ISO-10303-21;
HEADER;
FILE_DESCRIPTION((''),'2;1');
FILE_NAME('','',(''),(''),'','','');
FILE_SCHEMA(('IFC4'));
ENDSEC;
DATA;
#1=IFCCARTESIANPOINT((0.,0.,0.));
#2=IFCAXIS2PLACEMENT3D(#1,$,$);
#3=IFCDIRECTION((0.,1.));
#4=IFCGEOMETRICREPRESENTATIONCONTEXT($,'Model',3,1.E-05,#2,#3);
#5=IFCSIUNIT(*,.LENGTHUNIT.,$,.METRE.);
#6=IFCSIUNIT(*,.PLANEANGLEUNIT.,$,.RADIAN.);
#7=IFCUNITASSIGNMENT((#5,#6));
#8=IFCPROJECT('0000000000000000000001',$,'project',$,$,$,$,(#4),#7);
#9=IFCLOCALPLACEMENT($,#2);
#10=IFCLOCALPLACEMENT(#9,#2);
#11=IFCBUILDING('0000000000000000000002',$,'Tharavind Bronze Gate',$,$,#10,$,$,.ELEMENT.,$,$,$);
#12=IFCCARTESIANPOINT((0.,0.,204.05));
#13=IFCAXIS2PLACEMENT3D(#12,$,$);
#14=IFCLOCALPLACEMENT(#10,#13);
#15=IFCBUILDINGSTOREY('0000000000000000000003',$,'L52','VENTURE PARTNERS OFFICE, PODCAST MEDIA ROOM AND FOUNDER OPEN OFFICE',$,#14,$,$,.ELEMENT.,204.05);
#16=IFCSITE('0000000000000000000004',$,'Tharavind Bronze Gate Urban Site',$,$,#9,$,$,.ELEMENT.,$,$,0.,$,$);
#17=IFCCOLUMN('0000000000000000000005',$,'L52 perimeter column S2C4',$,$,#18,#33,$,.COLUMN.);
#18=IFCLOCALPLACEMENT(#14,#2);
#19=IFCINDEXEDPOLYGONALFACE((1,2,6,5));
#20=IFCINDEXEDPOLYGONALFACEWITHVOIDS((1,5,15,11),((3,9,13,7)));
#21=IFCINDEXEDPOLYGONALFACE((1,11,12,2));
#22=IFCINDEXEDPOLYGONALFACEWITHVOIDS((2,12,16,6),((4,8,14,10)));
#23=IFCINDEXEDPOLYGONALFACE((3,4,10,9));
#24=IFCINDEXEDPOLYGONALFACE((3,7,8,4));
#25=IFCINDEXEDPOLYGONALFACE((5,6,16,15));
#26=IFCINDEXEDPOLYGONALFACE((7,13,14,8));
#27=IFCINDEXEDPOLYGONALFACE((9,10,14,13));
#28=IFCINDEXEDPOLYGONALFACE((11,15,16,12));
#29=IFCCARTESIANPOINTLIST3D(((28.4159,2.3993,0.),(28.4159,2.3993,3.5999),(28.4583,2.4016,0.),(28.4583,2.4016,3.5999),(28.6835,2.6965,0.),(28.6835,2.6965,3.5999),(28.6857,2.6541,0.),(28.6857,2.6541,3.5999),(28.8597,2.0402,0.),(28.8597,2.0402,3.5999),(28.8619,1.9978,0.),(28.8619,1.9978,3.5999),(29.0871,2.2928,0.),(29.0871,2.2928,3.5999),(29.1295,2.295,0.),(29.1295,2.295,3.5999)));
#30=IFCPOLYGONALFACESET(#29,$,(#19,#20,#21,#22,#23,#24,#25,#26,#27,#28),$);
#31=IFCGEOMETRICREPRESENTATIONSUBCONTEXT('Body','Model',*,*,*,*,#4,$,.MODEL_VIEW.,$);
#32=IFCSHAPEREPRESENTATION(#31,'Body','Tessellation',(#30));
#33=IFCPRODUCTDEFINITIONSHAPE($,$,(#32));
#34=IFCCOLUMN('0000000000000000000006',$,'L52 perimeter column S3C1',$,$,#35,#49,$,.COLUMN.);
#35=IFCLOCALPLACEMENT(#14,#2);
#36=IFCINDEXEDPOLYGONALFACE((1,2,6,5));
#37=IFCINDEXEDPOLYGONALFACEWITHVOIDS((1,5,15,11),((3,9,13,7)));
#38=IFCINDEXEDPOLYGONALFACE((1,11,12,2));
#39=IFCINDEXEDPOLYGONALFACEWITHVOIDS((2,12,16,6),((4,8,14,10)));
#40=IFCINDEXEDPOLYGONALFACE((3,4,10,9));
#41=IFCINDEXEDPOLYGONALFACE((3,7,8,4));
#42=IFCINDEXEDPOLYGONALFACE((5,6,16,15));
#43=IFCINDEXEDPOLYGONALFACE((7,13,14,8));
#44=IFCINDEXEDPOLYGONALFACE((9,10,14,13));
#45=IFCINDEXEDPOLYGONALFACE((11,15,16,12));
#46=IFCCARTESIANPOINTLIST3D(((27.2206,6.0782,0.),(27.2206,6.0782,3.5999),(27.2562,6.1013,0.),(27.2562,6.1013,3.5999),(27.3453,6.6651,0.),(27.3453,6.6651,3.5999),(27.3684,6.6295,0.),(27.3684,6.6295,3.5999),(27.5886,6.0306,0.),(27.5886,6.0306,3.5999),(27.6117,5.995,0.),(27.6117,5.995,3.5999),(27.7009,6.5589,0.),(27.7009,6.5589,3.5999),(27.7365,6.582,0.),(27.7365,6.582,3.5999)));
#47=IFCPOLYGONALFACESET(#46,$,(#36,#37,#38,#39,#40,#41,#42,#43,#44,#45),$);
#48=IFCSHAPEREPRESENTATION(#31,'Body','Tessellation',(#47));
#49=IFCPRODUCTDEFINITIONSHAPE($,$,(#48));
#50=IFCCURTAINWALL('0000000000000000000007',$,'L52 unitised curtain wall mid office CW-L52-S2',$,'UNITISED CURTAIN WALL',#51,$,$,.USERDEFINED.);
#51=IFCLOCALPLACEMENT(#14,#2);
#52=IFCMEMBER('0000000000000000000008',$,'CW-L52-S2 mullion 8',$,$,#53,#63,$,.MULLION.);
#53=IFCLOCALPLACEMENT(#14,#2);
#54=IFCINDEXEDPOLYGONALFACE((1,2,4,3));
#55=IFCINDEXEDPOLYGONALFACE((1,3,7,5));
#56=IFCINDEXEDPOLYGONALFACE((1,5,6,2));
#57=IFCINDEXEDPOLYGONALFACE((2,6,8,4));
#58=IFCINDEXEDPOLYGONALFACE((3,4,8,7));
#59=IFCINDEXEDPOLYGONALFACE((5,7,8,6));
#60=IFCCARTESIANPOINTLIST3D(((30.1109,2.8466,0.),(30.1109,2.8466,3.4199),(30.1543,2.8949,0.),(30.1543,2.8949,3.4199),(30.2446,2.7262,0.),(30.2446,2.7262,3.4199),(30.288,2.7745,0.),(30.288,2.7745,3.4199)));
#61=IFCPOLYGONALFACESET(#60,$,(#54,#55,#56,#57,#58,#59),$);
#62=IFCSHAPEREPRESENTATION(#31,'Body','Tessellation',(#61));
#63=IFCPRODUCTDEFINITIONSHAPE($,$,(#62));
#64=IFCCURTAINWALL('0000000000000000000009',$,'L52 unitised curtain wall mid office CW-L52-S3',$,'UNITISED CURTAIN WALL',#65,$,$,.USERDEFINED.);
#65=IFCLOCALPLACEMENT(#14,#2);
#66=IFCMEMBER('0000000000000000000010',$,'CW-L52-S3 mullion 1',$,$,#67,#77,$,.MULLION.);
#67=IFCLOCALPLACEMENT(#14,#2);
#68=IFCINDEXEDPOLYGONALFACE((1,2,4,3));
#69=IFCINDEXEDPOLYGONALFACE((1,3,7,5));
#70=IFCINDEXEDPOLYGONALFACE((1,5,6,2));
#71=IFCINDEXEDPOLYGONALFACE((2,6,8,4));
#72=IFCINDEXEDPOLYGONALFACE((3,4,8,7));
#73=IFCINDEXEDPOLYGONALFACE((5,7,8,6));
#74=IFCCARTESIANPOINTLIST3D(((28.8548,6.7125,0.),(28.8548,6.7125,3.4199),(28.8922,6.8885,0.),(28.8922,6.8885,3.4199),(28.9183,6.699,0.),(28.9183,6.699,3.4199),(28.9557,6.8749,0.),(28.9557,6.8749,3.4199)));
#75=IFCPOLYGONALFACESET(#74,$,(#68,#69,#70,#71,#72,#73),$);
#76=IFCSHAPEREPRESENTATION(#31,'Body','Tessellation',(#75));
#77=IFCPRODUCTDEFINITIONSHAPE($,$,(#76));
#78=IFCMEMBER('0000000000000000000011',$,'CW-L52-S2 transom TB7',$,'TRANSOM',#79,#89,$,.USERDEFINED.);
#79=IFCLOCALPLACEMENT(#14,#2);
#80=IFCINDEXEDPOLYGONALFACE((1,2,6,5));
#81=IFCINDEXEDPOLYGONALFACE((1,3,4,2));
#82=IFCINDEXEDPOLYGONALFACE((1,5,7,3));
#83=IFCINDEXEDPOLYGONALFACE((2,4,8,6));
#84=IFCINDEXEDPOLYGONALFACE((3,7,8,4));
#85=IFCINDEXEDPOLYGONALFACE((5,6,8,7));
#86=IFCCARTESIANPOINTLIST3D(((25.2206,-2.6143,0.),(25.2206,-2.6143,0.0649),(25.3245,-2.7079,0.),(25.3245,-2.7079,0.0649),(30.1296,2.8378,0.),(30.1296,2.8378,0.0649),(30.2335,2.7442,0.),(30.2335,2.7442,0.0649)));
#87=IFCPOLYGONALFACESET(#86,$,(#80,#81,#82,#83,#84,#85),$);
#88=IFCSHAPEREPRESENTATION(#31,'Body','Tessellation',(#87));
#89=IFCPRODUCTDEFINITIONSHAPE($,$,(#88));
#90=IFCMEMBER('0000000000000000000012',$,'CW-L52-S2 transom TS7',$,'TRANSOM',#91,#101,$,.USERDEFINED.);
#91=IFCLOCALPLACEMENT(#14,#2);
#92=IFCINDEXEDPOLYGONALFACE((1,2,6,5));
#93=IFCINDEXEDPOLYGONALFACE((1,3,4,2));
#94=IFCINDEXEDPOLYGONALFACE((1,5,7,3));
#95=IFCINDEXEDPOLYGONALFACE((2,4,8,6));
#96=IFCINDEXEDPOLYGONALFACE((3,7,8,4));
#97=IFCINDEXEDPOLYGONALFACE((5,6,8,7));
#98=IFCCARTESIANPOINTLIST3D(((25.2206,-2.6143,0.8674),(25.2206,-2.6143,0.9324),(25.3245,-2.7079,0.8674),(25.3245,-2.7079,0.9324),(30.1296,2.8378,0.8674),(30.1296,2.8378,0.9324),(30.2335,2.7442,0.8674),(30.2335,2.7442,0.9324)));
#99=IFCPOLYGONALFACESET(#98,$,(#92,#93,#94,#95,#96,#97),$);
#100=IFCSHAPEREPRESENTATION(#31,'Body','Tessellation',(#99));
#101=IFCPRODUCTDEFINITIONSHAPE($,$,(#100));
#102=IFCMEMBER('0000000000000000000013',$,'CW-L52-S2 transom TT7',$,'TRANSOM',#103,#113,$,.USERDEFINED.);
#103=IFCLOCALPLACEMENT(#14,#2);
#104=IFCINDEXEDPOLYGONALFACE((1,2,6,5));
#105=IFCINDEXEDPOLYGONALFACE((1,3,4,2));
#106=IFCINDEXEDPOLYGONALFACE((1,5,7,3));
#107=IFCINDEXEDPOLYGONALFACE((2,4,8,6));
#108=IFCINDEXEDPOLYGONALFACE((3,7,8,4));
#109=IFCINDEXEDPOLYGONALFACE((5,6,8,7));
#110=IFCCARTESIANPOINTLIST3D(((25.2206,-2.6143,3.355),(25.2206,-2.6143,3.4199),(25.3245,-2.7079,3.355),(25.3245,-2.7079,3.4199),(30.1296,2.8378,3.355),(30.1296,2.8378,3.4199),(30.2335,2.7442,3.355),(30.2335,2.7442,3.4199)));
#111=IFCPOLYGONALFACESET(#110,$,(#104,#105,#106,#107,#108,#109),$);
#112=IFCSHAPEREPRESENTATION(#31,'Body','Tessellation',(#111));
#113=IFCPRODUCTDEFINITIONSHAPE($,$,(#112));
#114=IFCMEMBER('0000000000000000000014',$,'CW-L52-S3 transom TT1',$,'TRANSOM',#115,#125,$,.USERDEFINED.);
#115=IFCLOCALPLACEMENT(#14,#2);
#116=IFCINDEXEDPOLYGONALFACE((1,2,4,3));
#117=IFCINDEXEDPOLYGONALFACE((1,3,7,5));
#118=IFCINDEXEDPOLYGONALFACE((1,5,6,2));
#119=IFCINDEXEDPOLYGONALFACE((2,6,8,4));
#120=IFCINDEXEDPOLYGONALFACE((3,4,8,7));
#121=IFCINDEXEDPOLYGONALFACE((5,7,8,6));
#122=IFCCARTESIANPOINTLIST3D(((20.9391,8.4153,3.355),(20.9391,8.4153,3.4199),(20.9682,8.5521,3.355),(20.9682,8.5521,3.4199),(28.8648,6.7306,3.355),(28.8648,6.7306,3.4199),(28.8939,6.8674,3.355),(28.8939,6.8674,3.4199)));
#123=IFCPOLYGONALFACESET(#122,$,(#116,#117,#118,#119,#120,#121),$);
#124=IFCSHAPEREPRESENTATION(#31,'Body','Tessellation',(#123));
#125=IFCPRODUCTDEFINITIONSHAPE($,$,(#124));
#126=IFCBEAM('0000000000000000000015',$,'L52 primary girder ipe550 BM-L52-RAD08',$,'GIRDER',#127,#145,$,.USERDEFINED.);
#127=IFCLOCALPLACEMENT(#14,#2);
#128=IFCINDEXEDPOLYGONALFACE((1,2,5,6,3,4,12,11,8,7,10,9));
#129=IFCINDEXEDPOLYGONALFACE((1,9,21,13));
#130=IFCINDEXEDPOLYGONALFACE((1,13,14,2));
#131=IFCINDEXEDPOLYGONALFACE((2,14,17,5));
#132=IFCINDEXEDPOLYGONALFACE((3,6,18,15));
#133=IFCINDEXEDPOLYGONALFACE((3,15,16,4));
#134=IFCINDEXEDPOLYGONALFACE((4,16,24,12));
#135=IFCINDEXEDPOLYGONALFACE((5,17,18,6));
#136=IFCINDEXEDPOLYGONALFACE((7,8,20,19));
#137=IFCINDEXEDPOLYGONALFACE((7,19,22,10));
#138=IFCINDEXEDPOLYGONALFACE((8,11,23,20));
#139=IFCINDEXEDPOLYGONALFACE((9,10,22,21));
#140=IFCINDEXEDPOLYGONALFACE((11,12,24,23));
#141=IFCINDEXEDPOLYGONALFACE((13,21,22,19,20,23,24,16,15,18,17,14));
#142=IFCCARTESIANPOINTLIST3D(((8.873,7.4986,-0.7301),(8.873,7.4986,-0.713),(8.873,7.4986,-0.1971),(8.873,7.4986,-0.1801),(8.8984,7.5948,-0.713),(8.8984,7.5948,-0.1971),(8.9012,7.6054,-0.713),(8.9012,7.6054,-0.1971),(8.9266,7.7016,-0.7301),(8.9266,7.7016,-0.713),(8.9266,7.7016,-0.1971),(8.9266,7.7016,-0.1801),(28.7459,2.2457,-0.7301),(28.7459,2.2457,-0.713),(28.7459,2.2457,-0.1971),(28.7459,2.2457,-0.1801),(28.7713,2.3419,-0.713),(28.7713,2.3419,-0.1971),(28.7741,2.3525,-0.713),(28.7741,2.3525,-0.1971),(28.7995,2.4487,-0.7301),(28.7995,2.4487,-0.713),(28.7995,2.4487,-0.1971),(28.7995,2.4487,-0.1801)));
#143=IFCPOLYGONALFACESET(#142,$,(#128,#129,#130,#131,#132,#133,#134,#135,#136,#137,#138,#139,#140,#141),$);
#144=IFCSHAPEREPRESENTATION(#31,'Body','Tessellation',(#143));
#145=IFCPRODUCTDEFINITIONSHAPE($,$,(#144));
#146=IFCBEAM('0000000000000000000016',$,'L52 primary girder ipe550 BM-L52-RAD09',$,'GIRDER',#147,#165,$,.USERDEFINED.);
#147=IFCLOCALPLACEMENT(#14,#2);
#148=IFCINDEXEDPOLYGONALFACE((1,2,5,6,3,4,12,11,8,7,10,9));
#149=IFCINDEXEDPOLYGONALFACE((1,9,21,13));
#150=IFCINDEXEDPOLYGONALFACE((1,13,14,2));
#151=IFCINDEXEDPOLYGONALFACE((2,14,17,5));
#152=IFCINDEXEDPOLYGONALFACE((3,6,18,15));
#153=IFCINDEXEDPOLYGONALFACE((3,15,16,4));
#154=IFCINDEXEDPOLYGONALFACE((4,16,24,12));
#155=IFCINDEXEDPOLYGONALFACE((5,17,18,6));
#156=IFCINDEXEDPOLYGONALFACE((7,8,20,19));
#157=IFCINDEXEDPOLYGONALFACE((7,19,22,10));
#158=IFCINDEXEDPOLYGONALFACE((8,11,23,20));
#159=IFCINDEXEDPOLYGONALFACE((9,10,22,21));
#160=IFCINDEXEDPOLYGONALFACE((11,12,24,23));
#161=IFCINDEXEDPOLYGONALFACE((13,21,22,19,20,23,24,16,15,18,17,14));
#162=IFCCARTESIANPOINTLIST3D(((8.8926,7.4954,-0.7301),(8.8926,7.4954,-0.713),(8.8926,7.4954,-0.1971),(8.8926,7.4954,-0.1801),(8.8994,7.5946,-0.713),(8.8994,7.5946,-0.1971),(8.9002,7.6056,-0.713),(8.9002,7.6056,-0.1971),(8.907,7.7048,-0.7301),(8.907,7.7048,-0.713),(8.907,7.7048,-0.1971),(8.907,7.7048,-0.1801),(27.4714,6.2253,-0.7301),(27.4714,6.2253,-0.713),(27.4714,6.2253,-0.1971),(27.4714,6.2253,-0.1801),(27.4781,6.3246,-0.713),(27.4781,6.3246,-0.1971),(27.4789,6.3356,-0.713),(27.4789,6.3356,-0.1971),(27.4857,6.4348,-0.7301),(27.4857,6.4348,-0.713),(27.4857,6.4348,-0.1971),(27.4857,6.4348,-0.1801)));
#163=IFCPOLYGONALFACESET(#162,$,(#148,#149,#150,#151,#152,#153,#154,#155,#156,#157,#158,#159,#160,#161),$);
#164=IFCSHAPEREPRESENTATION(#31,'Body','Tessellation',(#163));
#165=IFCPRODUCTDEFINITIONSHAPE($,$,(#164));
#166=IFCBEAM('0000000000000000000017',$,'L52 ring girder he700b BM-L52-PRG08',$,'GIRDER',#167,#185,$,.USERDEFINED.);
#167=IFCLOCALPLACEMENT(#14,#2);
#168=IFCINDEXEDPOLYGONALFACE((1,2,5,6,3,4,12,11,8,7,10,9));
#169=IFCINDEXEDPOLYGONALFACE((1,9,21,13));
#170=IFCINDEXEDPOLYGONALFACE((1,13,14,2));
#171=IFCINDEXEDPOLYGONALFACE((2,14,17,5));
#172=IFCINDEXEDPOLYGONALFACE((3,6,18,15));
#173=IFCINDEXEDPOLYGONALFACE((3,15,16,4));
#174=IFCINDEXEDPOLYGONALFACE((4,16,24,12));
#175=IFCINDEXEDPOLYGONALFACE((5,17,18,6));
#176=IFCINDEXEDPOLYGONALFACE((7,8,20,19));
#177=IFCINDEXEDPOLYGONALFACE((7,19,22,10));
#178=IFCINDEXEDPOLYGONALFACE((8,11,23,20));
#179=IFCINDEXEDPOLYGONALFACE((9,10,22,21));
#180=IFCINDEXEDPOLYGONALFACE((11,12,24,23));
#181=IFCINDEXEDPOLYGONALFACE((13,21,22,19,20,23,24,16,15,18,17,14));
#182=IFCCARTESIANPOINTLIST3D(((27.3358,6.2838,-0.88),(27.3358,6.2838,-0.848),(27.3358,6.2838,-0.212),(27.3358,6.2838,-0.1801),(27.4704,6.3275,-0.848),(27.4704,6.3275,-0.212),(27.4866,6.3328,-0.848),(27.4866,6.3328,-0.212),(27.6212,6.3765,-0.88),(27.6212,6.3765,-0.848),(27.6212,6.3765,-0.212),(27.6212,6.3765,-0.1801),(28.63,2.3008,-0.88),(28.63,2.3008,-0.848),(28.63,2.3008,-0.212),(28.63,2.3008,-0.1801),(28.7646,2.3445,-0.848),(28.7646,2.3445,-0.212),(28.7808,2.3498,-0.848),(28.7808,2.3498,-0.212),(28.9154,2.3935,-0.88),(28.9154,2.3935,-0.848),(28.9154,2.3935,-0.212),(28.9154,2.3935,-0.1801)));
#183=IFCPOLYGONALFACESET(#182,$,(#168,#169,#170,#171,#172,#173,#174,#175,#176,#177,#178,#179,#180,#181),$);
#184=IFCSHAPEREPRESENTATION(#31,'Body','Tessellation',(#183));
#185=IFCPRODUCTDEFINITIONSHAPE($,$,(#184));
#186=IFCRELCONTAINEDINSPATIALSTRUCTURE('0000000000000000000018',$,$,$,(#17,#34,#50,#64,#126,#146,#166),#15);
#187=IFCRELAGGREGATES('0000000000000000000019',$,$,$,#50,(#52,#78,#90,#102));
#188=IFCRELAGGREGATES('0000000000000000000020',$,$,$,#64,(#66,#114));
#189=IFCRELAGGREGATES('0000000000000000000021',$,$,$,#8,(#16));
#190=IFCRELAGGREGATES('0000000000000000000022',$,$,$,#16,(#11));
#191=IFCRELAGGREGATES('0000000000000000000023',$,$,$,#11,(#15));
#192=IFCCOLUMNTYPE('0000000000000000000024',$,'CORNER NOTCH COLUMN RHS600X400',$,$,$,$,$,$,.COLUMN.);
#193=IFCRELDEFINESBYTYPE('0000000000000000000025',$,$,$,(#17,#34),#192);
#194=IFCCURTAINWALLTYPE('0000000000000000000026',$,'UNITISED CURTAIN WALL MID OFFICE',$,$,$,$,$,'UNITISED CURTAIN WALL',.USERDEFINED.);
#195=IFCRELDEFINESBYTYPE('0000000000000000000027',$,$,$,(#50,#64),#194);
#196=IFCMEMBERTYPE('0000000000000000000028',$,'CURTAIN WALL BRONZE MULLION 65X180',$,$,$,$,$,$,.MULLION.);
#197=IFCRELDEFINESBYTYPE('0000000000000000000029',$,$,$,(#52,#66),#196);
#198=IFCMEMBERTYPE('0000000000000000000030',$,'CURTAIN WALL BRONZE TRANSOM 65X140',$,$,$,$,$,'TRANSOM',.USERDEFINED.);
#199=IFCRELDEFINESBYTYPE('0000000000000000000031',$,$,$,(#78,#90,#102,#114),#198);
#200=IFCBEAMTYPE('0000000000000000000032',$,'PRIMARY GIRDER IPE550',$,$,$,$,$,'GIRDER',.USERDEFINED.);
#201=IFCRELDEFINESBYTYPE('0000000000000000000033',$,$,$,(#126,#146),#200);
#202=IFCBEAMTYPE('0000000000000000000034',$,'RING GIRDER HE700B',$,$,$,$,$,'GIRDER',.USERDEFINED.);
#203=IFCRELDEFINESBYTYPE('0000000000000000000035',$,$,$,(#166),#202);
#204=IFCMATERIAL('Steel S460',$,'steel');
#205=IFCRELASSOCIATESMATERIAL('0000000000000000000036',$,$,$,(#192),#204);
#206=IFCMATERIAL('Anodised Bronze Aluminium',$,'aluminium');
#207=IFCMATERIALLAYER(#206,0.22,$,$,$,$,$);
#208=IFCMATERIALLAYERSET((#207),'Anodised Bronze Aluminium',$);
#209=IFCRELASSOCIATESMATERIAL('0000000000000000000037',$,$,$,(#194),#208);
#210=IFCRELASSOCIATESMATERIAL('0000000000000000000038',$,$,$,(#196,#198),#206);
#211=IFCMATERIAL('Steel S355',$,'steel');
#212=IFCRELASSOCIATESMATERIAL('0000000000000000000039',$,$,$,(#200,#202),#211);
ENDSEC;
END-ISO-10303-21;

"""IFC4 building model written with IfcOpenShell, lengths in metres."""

from ifc_helpers import new_model, si_unit, direction, frame, origin, origin_2d, place, context, subcontext, project, spatial, rectangle, hollow_rectangle, i_section, extrude, material, layer, layer_set, material_profile, profile_set, type_object, element, aggregate, save


model = new_model("IFC4")

# Units and contexts
model_context = context("Model", 3, precision=1e-05, world=origin(), true_north=direction((0.0, 1.0)))
body_context = subcontext(model_context, "Body", "Model", "MODEL_VIEW")
ifc_project = project(units=[si_unit("LENGTHUNIT", "METRE"), si_unit("PLANEANGLEUNIT", "RADIAN")], contexts=[model_context])

# Site, building, storey
site_placement = place(None, origin())
site = spatial("IfcSite", under=ifc_project, at=site_placement, Name="Tharavind Bronze Gate Urban Site", CompositionType="ELEMENT", RefElevation=0.0)
building_placement = place(site_placement, origin())
building = spatial("IfcBuilding", under=site, at=building_placement, Name="Tharavind Bronze Gate", CompositionType="ELEMENT")
storey_placement = place(building_placement, frame((0.0, 0.0, 204.05)))
storey = spatial("IfcBuildingStorey", under=building, at=storey_placement, Name="L52", Description="VENTURE PARTNERS OFFICE, PODCAST MEDIA ROOM AND FOUNDER OPEN OFFICE", CompositionType="ELEMENT", Elevation=204.05)

# Columns
ifc_material_1 = material(Name="Steel S460", Category="steel")
ifc_material_profile_1 = material_profile(ifc_material_1, hollow_rectangle(XDim=0.3999, YDim=0.6001, WallThickness=0.03, at=origin_2d()), Name="RHS600X400X30")
ifc_profile_set_1 = profile_set([ifc_material_profile_1], Name="Steel S460")
column_type = type_object("IfcColumnType", Name="CORNER NOTCH COLUMN RHS600X400", PredefinedType="COLUMN", material=ifc_profile_set_1)
for number, where, z_axis, x_axis, name in (
    (1, (28.7727, 2.3472, 0.0), (0.0, 0.0, 1.0), (0.669131, 0.743145, 0.0), "L52 perimeter column S2C4"),
    (2, (27.4785, 6.3301, 0.0), (0.0, 0.0, 1.0), (-0.978148, 0.207912, 0.0), "L52 perimeter column S3C1"),
):
    element("IfcColumn", number, at=place(storey_placement, frame(where, z_axis=z_axis, x_axis=x_axis)), inside=storey, type_object=column_type, Name=name, PredefinedType="COLUMN", context=body_context, shape_type="SweptSolid", body=[
        extrude(hollow_rectangle(XDim=0.3999, YDim=0.6001, WallThickness=0.03, at=origin_2d()), origin(), (0.0, 0.0, 1.0), 3.5999),
    ])

# Curtain walls, members
ifc_material_2 = material(Name="Anodised Bronze Aluminium", Category="aluminium")
ifc_layer_1 = layer(ifc_material_2, 0.22)
ifc_layer_set_1 = layer_set([ifc_layer_1], Name="Anodised Bronze Aluminium")
curtain_wall_type = type_object("IfcCurtainWallType", Name="UNITISED CURTAIN WALL MID OFFICE", ElementType="UNITISED CURTAIN WALL", PredefinedType="USERDEFINED", material=ifc_layer_set_1)
curtain_wall_1_placement = place(storey_placement, origin())
curtain_wall_1 = element("IfcCurtainWall", 3, at=curtain_wall_1_placement, inside=storey, type_object=curtain_wall_type, Name="L52 unitised curtain wall mid office CW-L52-S2", ObjectType="UNITISED CURTAIN WALL", PredefinedType="USERDEFINED")
member_type_1 = type_object("IfcMemberType", Name="CURTAIN WALL BRONZE MULLION 65X180", PredefinedType="MULLION", material=ifc_material_2)
member_1_placement = place(storey_placement, frame((30.1995, 2.8105, 0.0), z_axis=(0.0, 0.0, 1.0), x_axis=(0.669131, 0.743145, 0.0)))
member_1 = element("IfcMember", 4, at=member_1_placement, type_object=member_type_1, Name="CW-L52-S2 mullion 8", PredefinedType="MULLION", context=body_context, shape_type="SweptSolid", body=[
    extrude(rectangle(XDim=0.0649, YDim=0.1799, at=origin_2d()), origin(), (0.0, 0.0, 1.0), 3.4199),
])
curtain_wall_2_placement = place(storey_placement, origin())
curtain_wall_2 = element("IfcCurtainWall", 5, at=curtain_wall_2_placement, inside=storey, type_object=curtain_wall_type, Name="L52 unitised curtain wall mid office CW-L52-S3", ObjectType="UNITISED CURTAIN WALL", PredefinedType="USERDEFINED")
member_2_placement = place(storey_placement, frame((28.9053, 6.7937, 0.0), z_axis=(0.0, 0.0, 1.0), x_axis=(-0.978148, 0.207912, 0.0)))
member_2 = element("IfcMember", 6, at=member_2_placement, type_object=member_type_1, Name="CW-L52-S3 mullion 1", PredefinedType="MULLION", context=body_context, shape_type="SweptSolid", body=[
    extrude(rectangle(XDim=0.0649, YDim=0.1799, at=origin_2d()), origin(), (0.0, 0.0, 1.0), 3.4199),
])

# Members
member_type_2 = type_object("IfcMemberType", Name="CURTAIN WALL BRONZE TRANSOM 65X140", ElementType="TRANSOM", PredefinedType="USERDEFINED", material=ifc_material_2)
member_3_placement = place(storey_placement, frame((27.7271, 0.0649, 0.0), z_axis=(0.0, 0.0, 1.0), x_axis=(0.669131, 0.743145, 0.0)))
member_3 = element("IfcMember", 7, at=member_3_placement, type_object=member_type_2, Name="CW-L52-S2 transom TB7", ObjectType="TRANSOM", PredefinedType="USERDEFINED", context=body_context, shape_type="SweptSolid", body=[
    extrude(rectangle(XDim=7.3364, YDim=0.1399, at=origin_2d()), origin(), (0.0, 0.0, 1.0), 0.0649),
])
member_4_placement = place(storey_placement, frame((27.7271, 0.0649, 0.8674), z_axis=(0.0, 0.0, 1.0), x_axis=(0.669131, 0.743145, 0.0)))
member_4 = element("IfcMember", 8, at=member_4_placement, type_object=member_type_2, Name="CW-L52-S2 transom TS7", ObjectType="TRANSOM", PredefinedType="USERDEFINED", context=body_context, shape_type="SweptSolid", body=[
    extrude(rectangle(XDim=7.3364, YDim=0.1399, at=origin_2d()), origin(), (0.0, 0.0, 1.0), 0.0649),
])
member_5_placement = place(storey_placement, frame((27.7271, 0.0649, 3.355), z_axis=(0.0, 0.0, 1.0), x_axis=(0.669131, 0.743145, 0.0)))
member_5 = element("IfcMember", 9, at=member_5_placement, type_object=member_type_2, Name="CW-L52-S2 transom TT7", ObjectType="TRANSOM", PredefinedType="USERDEFINED", context=body_context, shape_type="SweptSolid", body=[
    extrude(rectangle(XDim=7.3364, YDim=0.1399, at=origin_2d()), origin(), (0.0, 0.0, 1.0), 0.0649),
])
member_6_placement = place(storey_placement, frame((24.9165, 7.6414, 3.355), z_axis=(0.0, 0.0, 1.0), x_axis=(-0.978148, 0.207912, 0.0)))
member_6 = element("IfcMember", 10, at=member_6_placement, type_object=member_type_2, Name="CW-L52-S3 transom TT1", ObjectType="TRANSOM", PredefinedType="USERDEFINED", context=body_context, shape_type="SweptSolid", body=[
    extrude(rectangle(XDim=8.1028, YDim=0.1399, at=origin_2d()), origin(), (0.0, 0.0, 1.0), 0.0649),
])

# Beams
ifc_material_3 = material(Name="Steel S355", Category="steel")
ifc_material_profile_2 = material_profile(ifc_material_3, i_section(OverallWidth=0.21, OverallDepth=0.55, WebThickness=0.011, FlangeThickness=0.0171, at=origin_2d()), Name="IPE550")
ifc_profile_set_2 = profile_set([ifc_material_profile_2], Name="Steel S355")
beam_type_1 = type_object("IfcBeamType", Name="PRIMARY GIRDER IPE550", ElementType="GIRDER", PredefinedType="USERDEFINED", material=ifc_profile_set_2)
beam_1_placement = place(storey_placement, frame((28.7727, 2.3472, -0.4551), z_axis=(-0.966796, 0.255551, 0.0), x_axis=(-0.255551, -0.966796, 0.0)))
element("IfcBeam", 11, at=beam_1_placement, inside=storey, type_object=beam_type_1, Name="L52 primary girder ipe550 BM-L52-RAD08", ObjectType="GIRDER", PredefinedType="USERDEFINED", context=body_context, shape_type="SweptSolid", body=[
    extrude(i_section(OverallWidth=0.21, OverallDepth=0.55, WebThickness=0.011, FlangeThickness=0.0171, at=origin_2d()), origin(), (0.0, 0.0, 1.0), 20.5554),
])
beam_2_placement = place(storey_placement, frame((27.4785, 6.3301, -0.4551), z_axis=(-0.997672, 0.0682, 0.0), x_axis=(-0.0682, -0.997672, 0.0)))
element("IfcBeam", 12, at=beam_2_placement, inside=storey, type_object=beam_type_1, Name="L52 primary girder ipe550 BM-L52-RAD09", ObjectType="GIRDER", PredefinedType="USERDEFINED", context=body_context, shape_type="SweptSolid", body=[
    extrude(i_section(OverallWidth=0.21, OverallDepth=0.55, WebThickness=0.011, FlangeThickness=0.0171, at=origin_2d()), origin(), (0.0, 0.0, 1.0), 18.6221),
])
ifc_material_profile_3 = material_profile(ifc_material_3, i_section(OverallWidth=0.3, OverallDepth=0.7, WebThickness=0.0171, FlangeThickness=0.032, at=origin_2d()), Name="HE700B")
ifc_profile_set_3 = profile_set([ifc_material_profile_3], Name="Steel S355")
beam_type_2 = type_object("IfcBeamType", Name="RING GIRDER HE700B", ElementType="GIRDER", PredefinedType="USERDEFINED", material=ifc_profile_set_3)
beam_3_placement = place(storey_placement, frame((28.7727, 2.3472, -0.53), z_axis=(-0.309031, 0.951052, 0.0), x_axis=(-0.951052, -0.309031, 0.0)))
element("IfcBeam", 13, at=beam_3_placement, inside=storey, type_object=beam_type_2, Name="L52 ring girder he700b BM-L52-PRG08", ObjectType="GIRDER", PredefinedType="USERDEFINED", context=body_context, shape_type="SweptSolid", body=[
    extrude(i_section(OverallWidth=0.3, OverallDepth=0.7, WebThickness=0.0171, FlangeThickness=0.032, at=origin_2d()), origin(), (0.0, 0.0, 1.0), 4.188),
])

aggregate(curtain_wall_1, [member_1, member_3, member_4, member_5])
aggregate(curtain_wall_2, [member_2, member_6])

save(model, "model.ifc")
